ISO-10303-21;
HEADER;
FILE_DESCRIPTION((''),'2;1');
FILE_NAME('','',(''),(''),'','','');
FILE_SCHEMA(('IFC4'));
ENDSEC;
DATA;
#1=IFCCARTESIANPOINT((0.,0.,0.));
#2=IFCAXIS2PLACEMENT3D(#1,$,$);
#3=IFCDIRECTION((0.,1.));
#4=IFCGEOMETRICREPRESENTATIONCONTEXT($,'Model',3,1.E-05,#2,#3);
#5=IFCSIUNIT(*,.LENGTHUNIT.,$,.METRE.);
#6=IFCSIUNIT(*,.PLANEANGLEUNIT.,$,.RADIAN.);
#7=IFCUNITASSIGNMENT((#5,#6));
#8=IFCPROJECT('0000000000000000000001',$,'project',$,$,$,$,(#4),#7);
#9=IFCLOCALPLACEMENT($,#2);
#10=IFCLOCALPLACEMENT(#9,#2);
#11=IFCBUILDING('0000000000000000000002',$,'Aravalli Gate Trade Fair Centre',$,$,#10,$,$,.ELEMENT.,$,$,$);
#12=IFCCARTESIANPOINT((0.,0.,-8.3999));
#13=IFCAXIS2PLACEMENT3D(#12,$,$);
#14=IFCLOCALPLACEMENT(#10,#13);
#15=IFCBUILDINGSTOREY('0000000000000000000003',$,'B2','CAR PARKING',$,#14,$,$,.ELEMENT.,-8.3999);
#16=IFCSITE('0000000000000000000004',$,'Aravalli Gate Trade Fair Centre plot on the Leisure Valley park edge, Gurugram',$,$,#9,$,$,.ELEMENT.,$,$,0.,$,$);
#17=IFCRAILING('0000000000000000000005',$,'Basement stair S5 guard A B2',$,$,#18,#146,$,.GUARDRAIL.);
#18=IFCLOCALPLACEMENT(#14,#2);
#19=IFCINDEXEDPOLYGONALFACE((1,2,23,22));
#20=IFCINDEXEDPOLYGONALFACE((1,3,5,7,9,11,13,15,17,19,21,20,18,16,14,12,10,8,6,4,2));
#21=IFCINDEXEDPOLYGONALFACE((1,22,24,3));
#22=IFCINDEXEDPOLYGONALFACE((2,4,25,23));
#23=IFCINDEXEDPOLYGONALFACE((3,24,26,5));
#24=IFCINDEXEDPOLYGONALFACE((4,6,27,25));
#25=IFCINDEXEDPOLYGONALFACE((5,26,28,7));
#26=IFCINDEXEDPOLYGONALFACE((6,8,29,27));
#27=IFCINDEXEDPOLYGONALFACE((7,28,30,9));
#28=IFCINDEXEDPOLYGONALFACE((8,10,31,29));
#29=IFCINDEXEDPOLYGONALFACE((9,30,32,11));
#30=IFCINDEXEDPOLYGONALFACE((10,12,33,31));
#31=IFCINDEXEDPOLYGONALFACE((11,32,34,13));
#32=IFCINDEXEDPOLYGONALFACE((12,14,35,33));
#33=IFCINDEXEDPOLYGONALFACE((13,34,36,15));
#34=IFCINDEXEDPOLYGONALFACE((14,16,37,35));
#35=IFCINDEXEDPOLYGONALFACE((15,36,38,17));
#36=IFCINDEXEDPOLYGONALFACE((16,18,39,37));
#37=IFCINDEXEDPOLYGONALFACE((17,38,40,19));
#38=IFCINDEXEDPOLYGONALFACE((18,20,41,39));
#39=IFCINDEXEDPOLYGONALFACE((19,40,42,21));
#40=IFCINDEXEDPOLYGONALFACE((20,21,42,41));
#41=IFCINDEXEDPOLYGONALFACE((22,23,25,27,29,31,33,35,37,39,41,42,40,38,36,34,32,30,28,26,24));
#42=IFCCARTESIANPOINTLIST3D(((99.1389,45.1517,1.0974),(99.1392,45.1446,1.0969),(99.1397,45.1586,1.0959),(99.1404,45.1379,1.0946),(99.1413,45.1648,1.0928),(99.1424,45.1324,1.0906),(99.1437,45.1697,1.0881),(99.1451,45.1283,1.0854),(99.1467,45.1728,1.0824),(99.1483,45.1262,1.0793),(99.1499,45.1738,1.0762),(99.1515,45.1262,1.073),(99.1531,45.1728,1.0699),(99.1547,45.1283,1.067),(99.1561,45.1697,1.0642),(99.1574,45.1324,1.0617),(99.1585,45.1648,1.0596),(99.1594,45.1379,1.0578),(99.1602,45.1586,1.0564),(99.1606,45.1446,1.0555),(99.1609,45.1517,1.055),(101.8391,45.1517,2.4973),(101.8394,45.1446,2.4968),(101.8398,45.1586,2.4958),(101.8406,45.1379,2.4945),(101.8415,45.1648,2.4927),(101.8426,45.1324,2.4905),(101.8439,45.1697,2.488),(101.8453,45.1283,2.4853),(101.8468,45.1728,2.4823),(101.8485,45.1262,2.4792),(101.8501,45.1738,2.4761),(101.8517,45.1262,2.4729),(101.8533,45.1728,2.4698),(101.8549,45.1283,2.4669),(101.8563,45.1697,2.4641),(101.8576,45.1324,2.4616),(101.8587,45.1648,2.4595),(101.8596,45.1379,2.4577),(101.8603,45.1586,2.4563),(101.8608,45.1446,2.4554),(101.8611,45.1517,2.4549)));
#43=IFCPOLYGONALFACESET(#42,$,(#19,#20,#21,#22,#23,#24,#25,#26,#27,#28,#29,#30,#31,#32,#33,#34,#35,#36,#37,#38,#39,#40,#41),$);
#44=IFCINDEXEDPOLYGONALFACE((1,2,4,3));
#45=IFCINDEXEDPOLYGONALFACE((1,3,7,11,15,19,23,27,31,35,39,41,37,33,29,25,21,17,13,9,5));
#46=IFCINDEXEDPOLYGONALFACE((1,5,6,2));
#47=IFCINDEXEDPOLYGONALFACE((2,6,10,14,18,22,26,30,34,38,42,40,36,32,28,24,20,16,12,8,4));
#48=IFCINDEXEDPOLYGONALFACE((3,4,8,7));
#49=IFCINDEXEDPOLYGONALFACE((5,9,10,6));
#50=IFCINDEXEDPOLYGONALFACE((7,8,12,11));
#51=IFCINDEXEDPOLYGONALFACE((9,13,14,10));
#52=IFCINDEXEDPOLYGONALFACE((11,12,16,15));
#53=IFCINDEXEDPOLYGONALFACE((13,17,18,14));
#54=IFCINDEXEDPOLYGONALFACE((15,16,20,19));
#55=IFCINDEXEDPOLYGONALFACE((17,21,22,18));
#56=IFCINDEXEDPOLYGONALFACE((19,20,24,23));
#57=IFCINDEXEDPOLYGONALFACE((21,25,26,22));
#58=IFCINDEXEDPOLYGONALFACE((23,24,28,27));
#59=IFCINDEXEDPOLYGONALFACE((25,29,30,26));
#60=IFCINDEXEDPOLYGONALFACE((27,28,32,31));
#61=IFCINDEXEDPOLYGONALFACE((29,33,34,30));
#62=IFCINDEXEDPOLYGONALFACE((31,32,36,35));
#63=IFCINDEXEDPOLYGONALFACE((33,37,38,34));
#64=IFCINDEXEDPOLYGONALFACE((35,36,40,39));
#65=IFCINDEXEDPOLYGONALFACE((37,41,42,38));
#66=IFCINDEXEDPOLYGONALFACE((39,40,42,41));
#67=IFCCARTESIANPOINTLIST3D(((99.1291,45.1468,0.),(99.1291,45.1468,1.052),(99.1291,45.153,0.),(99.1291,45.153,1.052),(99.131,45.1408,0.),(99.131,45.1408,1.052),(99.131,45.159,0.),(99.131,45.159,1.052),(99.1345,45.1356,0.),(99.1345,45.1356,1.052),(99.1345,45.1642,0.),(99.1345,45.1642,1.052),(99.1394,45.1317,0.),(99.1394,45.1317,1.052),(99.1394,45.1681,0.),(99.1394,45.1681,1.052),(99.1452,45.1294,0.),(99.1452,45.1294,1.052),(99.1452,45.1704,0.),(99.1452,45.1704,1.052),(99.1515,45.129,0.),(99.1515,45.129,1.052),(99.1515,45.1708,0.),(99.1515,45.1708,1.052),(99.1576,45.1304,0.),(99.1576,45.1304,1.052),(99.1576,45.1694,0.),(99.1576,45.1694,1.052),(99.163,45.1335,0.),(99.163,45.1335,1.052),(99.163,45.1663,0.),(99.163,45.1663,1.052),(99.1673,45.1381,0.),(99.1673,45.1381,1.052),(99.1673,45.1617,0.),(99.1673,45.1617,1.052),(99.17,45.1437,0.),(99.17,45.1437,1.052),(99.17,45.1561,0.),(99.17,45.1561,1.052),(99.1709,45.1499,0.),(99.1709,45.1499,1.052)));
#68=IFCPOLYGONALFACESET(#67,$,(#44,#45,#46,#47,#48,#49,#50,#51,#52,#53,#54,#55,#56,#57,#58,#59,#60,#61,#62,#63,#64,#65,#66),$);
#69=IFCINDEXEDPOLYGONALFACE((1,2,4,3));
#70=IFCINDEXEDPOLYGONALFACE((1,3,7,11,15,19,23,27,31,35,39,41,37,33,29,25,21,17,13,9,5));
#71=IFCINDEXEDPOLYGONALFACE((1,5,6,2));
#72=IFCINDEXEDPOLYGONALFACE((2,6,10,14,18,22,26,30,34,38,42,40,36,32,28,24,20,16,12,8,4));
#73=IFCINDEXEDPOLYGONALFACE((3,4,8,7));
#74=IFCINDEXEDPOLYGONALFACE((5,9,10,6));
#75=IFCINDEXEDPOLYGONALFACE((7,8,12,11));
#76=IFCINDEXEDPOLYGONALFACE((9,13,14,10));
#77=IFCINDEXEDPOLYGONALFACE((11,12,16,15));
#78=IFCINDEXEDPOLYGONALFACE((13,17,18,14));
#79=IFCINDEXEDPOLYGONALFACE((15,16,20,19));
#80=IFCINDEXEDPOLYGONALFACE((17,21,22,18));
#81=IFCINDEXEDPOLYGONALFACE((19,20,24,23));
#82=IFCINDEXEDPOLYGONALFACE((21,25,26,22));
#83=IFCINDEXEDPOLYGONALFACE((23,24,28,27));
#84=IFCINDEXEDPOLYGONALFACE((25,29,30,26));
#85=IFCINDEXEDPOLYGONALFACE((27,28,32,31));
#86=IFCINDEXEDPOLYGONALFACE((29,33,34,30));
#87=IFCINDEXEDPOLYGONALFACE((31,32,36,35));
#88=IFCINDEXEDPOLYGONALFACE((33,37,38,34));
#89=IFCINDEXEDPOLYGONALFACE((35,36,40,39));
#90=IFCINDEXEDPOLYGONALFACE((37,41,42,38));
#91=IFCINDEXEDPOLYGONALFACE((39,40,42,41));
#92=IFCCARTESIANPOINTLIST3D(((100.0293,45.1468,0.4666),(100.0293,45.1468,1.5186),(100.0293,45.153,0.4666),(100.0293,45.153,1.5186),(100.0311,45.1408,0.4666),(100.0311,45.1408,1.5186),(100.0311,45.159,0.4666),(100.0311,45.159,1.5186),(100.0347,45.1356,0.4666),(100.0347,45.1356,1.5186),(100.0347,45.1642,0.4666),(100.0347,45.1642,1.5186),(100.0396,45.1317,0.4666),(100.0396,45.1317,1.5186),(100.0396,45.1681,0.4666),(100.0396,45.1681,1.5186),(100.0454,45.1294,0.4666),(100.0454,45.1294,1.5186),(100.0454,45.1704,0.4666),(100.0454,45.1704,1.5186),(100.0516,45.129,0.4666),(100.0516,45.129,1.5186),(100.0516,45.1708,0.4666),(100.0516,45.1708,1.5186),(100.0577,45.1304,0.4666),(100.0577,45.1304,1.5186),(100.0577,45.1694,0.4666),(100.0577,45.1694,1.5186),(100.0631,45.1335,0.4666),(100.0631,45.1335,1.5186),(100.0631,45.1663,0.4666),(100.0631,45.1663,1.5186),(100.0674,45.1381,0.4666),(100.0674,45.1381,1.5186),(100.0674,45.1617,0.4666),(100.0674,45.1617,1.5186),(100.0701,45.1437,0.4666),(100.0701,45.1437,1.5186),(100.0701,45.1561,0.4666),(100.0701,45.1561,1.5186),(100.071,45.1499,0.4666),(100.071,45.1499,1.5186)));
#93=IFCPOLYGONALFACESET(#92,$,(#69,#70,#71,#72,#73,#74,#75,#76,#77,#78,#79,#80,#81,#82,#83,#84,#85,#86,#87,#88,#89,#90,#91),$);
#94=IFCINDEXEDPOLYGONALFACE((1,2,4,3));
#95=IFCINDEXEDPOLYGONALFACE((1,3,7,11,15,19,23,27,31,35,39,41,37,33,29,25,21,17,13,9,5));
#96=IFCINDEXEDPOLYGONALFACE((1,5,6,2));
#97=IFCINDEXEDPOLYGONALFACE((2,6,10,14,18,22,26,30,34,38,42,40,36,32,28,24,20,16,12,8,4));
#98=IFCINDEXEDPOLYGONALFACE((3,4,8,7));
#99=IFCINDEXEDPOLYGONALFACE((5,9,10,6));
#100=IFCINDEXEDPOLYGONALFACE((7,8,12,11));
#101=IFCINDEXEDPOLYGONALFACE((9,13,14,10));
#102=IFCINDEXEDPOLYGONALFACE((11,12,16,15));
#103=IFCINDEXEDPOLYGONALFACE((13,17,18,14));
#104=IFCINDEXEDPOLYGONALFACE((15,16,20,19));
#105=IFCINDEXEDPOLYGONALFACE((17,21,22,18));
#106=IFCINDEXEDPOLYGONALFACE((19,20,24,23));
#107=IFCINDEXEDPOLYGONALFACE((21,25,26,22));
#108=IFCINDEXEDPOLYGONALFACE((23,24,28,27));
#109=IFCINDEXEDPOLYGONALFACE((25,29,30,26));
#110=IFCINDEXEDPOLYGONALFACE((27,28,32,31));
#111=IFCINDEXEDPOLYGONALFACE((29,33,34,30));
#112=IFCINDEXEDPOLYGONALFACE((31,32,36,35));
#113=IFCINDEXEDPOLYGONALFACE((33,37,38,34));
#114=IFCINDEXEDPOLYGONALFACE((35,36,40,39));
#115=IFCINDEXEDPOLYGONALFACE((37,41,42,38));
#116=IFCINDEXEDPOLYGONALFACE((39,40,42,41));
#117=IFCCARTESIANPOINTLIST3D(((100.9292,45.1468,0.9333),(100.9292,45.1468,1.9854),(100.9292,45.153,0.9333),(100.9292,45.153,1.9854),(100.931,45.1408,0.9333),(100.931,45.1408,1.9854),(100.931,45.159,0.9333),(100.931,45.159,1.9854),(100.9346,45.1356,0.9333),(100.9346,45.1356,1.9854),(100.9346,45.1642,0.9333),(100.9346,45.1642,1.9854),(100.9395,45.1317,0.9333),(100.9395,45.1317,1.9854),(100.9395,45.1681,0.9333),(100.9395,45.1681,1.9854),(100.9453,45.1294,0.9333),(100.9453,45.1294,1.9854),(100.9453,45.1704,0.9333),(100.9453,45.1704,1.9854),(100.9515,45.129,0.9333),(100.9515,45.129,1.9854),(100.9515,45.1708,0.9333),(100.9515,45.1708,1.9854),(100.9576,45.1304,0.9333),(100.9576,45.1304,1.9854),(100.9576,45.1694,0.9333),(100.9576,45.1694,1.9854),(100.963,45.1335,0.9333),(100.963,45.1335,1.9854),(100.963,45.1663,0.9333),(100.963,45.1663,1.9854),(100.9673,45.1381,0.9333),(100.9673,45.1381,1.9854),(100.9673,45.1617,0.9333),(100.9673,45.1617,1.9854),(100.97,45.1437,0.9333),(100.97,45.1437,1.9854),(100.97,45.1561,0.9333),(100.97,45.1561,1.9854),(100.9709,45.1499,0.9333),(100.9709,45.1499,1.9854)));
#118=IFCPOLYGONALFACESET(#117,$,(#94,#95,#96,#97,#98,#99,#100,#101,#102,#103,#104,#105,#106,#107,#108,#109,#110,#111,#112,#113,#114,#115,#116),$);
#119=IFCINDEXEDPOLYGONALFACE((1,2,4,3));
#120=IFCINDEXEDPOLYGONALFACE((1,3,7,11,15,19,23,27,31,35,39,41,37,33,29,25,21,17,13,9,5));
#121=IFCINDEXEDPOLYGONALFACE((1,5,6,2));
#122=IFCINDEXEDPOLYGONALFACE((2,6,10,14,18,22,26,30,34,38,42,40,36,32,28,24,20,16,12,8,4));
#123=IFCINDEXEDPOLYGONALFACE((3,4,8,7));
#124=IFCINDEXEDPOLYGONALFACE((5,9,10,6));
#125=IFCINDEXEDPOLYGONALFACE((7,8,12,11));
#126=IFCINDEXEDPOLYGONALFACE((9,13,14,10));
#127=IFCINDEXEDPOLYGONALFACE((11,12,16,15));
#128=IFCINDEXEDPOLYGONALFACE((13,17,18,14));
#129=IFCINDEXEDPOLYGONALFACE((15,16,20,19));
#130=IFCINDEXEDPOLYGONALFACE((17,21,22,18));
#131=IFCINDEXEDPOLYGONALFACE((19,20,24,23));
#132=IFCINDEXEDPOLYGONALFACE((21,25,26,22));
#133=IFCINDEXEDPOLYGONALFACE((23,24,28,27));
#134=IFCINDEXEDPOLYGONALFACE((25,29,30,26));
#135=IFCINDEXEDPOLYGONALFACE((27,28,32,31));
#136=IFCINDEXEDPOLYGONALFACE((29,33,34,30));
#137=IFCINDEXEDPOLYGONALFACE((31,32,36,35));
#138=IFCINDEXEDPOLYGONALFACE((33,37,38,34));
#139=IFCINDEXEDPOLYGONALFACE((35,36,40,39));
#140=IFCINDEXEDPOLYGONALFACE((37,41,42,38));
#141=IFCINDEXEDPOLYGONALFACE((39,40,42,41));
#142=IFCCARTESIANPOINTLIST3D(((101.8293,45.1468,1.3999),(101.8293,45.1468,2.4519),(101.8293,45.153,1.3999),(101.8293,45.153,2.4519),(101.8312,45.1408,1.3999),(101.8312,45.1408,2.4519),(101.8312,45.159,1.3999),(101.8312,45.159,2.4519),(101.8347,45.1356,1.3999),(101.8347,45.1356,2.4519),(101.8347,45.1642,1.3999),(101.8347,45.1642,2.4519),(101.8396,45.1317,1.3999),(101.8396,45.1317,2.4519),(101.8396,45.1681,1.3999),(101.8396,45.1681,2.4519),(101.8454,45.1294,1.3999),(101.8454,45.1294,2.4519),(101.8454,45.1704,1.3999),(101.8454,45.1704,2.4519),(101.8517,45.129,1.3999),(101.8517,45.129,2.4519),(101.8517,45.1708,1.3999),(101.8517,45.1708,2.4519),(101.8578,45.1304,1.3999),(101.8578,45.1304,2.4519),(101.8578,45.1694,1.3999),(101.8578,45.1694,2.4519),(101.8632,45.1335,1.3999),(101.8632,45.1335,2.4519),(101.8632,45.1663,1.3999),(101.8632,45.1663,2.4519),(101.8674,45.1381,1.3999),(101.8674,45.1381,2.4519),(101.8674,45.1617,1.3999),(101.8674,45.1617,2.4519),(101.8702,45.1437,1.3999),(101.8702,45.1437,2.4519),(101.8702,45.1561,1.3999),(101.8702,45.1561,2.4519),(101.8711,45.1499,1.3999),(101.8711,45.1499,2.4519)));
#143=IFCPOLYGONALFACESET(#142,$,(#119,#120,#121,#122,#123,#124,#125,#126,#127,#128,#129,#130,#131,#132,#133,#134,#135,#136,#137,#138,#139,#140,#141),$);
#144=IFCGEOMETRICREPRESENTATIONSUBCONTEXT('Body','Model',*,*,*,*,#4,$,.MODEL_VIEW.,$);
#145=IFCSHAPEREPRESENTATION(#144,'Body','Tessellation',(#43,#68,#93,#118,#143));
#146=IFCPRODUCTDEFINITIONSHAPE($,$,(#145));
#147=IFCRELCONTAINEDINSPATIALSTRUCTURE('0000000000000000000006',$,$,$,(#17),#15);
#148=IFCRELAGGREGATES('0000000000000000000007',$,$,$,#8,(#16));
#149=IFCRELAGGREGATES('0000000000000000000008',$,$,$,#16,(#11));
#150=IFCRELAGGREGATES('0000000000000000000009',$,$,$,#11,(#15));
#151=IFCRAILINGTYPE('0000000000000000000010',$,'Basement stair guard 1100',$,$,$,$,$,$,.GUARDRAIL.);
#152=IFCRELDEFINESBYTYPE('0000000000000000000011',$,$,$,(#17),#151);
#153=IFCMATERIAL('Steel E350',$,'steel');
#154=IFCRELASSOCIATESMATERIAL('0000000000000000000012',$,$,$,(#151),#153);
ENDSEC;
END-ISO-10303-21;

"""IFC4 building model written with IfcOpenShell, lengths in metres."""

from ifc_helpers import new_model, si_unit, direction, frame, origin, origin_2d, place, context, subcontext, project, spatial, circle, extrude, material, type_object, element, save


model = new_model("IFC4")

# Units and contexts
model_context = context("Model", 3, precision=1e-05, world=origin(), true_north=direction((0.0, 1.0)))
body_context = subcontext(model_context, "Body", "Model", "MODEL_VIEW")
ifc_project = project(units=[si_unit("LENGTHUNIT", "METRE"), si_unit("PLANEANGLEUNIT", "RADIAN")], contexts=[model_context])

# Site, building, storey
site_placement = place(None, origin())
site = spatial("IfcSite", under=ifc_project, at=site_placement, Name="Aravalli Gate Trade Fair Centre plot on the Leisure Valley park edge, Gurugram", CompositionType="ELEMENT", RefElevation=0.0)
building_placement = place(site_placement, origin())
building = spatial("IfcBuilding", under=site, at=building_placement, Name="Aravalli Gate Trade Fair Centre", CompositionType="ELEMENT")
storey_placement = place(building_placement, frame((0.0, 0.0, -8.3999)))
storey = spatial("IfcBuildingStorey", under=building, at=storey_placement, Name="B2", Description="CAR PARKING", CompositionType="ELEMENT", Elevation=-8.3999)

# Railing
ifc_material_1 = material(Name="Steel E350", Category="steel")
railing_type_1 = type_object("IfcRailingType", Name="Basement stair guard 1100", PredefinedType="GUARDRAIL", material=ifc_material_1)
railing_1_placement = place(storey_placement, frame((99.1499, 45.1499, 0.0)))
element("IfcRailing", 1, at=railing_1_placement, inside=storey, type_object=railing_type_1, Name="Basement stair S5 guard A B2", PredefinedType="GUARDRAIL", context=body_context, shape_type="SweptSolid", body=[
    extrude(circle(Radius=0.0239, at=origin_2d()), frame((0.0, 0.0, 1.0762), z_axis=(0.887781, 0.0, 0.460266), x_axis=(0.0, 1.0, 0.0)), (0.0, 0.0, 1.0), 3.0415),
    extrude(circle(Radius=0.021, at=origin_2d()), origin(), (0.0, 0.0, 1.0), 1.052),
    extrude(circle(Radius=0.021, at=origin_2d()), frame((0.9001, 0.0, 0.4666)), (0.0, 0.0, 1.0), 1.052),
    extrude(circle(Radius=0.021, at=origin_2d()), frame((1.8, 0.0, 0.9333)), (0.0, 0.0, 1.0), 1.052),
    extrude(circle(Radius=0.021, at=origin_2d()), frame((2.7002, 0.0, 1.3999)), (0.0, 0.0, 1.0), 1.052),
])

save(model, "model.ifc")
